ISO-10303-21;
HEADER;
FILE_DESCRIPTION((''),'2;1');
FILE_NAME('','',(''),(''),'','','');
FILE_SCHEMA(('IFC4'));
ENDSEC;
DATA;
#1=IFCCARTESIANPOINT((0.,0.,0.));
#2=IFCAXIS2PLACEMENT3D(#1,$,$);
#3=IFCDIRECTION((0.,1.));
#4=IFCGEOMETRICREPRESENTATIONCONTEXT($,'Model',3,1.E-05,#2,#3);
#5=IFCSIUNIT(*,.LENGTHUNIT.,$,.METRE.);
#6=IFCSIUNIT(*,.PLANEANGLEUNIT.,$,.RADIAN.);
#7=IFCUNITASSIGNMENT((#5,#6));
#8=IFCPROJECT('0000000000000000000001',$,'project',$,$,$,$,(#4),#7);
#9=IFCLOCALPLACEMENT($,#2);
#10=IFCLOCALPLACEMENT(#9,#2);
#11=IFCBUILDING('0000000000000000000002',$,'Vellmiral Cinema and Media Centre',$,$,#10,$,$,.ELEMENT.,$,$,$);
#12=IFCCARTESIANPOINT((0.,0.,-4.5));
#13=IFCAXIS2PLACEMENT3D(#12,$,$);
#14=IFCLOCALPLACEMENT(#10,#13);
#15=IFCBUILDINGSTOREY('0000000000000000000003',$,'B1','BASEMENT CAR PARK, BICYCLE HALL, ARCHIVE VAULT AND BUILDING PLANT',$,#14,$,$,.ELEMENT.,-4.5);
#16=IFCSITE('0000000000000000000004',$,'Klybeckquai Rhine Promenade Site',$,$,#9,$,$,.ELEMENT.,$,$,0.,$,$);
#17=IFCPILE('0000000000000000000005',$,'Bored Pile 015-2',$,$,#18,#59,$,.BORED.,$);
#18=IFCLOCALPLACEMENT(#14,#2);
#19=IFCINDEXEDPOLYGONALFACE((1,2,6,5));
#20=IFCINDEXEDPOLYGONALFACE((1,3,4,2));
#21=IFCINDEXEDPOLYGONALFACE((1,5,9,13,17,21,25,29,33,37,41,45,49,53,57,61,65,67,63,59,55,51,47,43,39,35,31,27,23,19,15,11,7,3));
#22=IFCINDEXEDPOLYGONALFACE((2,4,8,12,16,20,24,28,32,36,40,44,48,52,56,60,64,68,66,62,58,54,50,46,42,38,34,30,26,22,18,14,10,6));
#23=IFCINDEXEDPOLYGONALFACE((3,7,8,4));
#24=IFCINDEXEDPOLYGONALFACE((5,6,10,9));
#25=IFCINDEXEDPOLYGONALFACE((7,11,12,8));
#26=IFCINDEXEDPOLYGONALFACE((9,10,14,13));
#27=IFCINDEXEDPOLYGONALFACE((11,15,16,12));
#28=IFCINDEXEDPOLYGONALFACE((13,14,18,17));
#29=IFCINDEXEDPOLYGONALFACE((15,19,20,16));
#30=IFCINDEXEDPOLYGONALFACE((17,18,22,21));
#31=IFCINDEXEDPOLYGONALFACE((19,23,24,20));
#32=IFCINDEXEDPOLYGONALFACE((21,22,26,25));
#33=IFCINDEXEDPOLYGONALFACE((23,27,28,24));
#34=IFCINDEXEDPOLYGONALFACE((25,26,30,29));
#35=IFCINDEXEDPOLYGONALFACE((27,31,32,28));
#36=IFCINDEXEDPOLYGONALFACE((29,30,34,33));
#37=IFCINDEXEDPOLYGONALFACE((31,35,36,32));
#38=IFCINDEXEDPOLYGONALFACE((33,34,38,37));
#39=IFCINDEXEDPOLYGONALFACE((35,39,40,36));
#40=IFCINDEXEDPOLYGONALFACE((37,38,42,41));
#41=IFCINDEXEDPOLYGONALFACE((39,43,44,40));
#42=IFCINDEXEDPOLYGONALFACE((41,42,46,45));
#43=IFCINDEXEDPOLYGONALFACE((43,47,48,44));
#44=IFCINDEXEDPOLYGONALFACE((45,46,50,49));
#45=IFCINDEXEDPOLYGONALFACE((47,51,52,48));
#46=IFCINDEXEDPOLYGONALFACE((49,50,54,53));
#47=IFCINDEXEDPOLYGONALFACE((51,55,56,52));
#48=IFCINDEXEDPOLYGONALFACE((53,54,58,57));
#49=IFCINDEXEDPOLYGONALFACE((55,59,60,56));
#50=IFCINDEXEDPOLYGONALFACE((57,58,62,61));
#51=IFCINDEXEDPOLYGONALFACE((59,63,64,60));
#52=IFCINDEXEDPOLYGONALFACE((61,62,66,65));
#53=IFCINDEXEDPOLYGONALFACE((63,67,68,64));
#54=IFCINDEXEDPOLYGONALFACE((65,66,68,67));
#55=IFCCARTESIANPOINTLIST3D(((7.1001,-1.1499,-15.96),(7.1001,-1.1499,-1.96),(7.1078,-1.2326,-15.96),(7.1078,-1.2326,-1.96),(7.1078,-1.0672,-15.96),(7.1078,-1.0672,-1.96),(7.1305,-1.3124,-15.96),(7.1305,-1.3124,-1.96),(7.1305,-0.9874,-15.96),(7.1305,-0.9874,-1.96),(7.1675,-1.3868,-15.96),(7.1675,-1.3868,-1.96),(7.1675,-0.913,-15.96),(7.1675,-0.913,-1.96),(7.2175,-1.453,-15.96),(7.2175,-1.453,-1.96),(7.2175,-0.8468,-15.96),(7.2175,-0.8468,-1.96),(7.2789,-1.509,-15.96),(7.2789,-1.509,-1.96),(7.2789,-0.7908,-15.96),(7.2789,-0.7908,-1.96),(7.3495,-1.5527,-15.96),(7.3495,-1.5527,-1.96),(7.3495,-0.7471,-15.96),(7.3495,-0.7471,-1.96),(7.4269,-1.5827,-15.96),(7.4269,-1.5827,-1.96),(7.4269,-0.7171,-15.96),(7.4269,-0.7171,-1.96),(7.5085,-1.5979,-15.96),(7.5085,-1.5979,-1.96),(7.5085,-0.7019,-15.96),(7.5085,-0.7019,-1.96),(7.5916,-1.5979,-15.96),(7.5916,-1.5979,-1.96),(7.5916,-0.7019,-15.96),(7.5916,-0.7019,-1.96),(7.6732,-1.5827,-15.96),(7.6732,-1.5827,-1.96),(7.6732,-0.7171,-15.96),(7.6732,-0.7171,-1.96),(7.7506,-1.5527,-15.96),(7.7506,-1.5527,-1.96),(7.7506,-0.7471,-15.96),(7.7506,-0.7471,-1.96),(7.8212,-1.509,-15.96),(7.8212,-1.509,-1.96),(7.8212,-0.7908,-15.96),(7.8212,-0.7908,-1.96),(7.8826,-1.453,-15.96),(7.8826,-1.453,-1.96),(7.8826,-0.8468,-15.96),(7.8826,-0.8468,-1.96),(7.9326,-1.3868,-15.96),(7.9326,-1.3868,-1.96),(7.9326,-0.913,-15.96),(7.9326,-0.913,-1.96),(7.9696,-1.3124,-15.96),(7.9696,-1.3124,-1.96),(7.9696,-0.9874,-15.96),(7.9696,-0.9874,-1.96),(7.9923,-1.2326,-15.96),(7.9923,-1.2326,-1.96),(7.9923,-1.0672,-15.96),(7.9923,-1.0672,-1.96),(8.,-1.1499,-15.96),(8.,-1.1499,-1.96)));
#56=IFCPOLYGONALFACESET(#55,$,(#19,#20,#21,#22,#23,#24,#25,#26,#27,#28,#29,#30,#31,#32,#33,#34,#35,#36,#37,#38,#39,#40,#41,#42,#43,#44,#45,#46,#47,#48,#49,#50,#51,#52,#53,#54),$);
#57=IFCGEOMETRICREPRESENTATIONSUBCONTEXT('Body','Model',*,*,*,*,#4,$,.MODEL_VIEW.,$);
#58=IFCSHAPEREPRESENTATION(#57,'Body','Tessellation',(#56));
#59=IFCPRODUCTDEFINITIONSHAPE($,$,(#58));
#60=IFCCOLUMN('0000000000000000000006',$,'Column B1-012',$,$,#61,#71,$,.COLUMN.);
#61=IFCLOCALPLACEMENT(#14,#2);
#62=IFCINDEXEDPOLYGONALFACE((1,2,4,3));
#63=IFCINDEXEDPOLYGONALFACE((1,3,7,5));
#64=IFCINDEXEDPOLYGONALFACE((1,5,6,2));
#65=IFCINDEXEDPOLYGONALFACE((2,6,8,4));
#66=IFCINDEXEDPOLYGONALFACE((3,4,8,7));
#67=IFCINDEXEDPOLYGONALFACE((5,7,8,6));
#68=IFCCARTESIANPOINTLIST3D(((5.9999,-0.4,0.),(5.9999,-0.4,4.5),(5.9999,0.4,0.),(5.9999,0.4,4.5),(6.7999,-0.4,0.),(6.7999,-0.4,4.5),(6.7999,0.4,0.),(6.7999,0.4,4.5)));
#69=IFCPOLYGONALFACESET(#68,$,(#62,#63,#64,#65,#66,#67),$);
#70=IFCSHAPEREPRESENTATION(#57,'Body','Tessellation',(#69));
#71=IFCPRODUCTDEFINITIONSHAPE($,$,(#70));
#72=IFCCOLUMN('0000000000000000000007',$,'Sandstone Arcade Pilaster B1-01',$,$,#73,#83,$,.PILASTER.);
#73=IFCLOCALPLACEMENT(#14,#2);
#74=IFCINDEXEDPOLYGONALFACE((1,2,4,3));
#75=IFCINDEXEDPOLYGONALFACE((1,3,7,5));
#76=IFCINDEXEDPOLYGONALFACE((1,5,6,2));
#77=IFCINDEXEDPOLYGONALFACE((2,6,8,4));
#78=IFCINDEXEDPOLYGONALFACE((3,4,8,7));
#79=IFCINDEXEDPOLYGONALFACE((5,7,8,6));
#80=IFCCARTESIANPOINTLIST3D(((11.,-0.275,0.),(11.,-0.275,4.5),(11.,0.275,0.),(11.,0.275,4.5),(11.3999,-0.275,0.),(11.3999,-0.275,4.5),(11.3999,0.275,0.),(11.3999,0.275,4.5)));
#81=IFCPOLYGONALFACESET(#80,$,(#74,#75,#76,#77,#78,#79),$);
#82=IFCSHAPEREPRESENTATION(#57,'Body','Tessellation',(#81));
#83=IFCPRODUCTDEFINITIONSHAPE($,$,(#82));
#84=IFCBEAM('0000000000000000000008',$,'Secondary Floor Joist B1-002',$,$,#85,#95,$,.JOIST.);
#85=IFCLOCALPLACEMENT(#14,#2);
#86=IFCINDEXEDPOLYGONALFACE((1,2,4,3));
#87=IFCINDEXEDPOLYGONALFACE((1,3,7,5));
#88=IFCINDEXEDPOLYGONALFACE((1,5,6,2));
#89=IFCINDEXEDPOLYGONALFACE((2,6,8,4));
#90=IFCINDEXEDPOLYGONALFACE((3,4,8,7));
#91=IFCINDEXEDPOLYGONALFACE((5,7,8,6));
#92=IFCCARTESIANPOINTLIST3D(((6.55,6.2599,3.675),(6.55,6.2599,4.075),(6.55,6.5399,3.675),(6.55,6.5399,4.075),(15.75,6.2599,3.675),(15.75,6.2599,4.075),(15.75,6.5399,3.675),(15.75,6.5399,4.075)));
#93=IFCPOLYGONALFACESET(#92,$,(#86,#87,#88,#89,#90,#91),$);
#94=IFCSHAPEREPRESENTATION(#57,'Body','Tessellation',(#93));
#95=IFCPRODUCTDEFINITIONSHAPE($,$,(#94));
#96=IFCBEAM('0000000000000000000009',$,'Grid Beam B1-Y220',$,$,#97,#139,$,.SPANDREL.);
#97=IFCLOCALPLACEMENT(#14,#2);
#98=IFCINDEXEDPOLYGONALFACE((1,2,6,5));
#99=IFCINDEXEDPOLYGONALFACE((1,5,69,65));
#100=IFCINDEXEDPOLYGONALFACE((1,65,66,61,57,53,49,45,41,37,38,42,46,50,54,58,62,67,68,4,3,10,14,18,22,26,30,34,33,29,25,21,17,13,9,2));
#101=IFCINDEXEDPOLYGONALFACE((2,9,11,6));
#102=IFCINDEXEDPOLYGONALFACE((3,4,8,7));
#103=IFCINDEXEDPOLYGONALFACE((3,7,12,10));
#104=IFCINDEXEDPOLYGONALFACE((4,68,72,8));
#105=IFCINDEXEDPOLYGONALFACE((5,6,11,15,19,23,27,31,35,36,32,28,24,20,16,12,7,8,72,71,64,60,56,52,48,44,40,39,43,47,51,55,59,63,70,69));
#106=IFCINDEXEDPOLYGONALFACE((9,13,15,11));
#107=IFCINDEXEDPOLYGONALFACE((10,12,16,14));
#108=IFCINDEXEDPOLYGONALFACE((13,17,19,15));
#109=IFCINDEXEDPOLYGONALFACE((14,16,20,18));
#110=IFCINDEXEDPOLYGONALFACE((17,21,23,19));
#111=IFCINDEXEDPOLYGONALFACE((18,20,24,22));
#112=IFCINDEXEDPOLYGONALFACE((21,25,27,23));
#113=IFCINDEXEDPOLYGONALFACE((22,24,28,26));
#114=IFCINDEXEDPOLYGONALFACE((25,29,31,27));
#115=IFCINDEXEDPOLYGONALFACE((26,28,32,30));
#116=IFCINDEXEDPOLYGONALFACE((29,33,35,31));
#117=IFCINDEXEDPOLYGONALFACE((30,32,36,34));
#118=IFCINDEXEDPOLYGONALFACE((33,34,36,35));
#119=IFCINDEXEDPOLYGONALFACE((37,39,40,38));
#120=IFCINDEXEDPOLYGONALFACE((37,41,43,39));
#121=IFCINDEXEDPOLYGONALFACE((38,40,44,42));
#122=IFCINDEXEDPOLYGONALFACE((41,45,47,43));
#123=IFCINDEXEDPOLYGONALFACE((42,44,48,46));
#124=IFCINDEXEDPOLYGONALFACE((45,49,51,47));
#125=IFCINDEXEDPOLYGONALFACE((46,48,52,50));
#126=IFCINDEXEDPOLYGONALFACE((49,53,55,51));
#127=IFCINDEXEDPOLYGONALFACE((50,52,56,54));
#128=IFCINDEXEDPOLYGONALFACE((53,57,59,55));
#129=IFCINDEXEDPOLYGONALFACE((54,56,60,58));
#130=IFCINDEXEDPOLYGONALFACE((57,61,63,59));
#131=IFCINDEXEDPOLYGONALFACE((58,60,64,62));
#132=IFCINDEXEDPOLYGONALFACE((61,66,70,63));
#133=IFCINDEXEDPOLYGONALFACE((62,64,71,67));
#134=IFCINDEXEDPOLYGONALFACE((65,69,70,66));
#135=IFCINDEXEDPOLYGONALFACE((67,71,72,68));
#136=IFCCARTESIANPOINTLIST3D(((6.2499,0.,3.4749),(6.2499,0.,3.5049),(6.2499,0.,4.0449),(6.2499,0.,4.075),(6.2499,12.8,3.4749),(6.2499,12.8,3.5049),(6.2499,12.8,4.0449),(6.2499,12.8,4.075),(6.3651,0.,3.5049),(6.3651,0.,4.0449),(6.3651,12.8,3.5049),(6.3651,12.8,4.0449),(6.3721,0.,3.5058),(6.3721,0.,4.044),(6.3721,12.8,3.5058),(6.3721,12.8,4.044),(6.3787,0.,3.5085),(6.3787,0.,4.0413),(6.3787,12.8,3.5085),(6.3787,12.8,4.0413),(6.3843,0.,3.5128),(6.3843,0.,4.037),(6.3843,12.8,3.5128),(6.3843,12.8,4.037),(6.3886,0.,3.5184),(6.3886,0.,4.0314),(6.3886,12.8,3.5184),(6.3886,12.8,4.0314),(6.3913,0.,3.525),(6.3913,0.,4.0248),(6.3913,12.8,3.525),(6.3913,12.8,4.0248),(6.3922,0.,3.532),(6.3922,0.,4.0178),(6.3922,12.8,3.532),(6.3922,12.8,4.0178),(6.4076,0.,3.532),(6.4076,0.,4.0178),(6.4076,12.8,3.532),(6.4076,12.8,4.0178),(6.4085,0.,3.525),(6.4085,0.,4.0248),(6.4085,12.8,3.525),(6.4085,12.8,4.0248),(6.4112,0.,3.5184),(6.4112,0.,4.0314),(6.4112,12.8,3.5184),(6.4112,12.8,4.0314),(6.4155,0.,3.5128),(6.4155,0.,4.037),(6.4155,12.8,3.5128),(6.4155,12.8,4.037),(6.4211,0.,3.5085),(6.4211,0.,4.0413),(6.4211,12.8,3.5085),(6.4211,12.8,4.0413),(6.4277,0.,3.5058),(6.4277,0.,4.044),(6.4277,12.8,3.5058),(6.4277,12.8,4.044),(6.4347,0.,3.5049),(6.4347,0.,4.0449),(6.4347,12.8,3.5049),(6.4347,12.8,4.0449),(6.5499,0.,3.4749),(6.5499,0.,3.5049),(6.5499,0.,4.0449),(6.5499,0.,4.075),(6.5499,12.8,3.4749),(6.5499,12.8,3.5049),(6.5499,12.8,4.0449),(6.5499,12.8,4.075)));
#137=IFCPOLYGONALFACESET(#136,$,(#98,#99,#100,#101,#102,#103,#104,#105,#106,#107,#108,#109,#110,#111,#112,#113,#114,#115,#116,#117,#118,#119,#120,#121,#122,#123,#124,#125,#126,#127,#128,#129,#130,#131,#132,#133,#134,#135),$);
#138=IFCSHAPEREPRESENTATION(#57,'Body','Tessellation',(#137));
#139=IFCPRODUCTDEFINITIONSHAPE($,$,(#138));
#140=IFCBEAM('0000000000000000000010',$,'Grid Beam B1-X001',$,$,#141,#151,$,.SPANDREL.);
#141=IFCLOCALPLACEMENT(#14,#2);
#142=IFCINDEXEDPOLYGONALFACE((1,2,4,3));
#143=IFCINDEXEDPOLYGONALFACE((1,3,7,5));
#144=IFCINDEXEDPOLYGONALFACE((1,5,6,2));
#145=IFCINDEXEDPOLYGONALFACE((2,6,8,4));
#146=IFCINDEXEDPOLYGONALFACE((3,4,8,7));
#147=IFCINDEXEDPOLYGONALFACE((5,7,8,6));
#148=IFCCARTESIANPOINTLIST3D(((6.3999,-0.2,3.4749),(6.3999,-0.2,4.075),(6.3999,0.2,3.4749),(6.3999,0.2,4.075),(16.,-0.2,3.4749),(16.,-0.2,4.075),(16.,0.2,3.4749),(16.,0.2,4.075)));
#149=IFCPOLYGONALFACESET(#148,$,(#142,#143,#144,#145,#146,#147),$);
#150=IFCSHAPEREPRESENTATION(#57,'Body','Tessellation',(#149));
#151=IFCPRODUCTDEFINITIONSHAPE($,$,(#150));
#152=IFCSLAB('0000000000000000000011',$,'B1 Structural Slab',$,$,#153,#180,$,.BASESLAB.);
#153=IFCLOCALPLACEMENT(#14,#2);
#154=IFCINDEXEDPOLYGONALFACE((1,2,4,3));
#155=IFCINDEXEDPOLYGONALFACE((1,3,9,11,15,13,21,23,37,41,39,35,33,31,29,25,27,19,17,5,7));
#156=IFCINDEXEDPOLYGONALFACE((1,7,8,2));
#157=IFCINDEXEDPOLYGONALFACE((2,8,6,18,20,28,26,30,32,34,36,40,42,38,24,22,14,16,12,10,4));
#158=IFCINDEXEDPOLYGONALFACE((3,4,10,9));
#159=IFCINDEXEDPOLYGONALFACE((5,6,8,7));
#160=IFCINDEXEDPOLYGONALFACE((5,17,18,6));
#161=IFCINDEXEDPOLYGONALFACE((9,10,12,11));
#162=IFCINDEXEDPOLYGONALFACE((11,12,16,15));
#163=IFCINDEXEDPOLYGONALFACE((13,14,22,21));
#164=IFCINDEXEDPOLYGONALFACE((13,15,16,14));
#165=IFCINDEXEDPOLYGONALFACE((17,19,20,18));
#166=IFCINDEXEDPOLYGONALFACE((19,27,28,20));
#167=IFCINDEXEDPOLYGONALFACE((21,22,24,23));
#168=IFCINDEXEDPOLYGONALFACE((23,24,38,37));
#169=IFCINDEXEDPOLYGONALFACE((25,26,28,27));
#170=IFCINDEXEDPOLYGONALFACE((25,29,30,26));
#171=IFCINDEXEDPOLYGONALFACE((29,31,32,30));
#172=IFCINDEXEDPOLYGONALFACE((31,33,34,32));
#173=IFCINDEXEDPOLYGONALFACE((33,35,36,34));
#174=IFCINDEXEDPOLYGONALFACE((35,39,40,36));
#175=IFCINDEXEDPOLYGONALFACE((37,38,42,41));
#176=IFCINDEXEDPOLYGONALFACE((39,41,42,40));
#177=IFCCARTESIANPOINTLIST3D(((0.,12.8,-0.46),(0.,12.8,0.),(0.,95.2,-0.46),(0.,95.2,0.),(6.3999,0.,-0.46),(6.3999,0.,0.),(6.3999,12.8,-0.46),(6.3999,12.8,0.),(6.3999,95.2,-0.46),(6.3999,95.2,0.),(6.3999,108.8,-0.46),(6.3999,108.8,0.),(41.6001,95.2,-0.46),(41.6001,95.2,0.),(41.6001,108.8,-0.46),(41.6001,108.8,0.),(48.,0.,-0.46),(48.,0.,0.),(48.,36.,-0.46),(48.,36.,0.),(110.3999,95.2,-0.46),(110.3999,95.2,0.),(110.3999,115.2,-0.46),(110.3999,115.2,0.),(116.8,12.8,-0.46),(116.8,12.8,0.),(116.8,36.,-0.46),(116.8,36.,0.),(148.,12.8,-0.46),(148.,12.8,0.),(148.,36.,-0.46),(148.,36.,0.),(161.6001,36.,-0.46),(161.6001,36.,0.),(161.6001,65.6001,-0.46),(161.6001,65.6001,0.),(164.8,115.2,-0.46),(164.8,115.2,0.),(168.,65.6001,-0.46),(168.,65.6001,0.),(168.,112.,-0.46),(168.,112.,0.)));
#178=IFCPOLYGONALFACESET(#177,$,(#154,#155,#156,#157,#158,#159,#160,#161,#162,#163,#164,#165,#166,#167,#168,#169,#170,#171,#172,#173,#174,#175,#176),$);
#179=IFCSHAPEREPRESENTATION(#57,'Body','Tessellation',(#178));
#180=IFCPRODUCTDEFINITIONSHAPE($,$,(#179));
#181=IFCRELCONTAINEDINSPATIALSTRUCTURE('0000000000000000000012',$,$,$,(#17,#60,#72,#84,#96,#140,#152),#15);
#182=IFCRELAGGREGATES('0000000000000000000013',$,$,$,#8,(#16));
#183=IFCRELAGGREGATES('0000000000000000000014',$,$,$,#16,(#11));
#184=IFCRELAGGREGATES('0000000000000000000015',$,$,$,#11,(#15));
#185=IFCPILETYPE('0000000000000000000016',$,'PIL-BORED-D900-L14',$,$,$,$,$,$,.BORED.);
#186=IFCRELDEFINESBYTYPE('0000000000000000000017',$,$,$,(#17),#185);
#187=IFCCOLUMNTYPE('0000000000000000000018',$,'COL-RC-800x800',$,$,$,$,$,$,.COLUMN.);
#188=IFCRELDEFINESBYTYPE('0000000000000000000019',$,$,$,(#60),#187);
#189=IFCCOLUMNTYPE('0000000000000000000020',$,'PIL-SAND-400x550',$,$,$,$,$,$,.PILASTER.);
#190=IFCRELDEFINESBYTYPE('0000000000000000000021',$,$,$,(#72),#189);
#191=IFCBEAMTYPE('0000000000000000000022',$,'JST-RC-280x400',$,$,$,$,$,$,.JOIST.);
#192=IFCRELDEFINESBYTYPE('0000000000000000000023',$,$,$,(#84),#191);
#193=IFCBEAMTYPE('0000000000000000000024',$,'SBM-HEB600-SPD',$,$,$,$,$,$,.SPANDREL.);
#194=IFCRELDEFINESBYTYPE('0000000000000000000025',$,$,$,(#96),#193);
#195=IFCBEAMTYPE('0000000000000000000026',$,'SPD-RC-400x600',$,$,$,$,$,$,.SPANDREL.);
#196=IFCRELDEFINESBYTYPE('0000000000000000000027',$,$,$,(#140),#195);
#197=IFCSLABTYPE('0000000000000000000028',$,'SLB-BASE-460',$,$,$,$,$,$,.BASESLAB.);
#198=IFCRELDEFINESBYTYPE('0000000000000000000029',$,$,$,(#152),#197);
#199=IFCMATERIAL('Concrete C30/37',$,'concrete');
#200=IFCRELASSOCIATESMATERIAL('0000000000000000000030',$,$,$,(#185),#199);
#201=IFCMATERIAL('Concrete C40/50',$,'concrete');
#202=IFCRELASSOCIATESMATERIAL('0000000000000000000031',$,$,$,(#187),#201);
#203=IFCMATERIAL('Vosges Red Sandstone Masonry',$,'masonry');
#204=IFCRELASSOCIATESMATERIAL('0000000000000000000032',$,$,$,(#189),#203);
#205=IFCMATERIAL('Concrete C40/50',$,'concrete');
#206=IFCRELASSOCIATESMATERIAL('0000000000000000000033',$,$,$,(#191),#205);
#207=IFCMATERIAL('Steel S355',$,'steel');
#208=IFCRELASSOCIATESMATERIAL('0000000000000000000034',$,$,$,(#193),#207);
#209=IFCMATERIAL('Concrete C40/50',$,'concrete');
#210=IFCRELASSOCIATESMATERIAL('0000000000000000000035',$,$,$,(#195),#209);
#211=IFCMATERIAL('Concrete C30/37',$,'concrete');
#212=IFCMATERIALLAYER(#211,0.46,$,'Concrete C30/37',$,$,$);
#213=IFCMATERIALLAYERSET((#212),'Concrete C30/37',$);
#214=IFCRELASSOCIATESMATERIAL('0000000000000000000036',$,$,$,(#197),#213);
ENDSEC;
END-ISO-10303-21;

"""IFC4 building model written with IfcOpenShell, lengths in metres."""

from ifc_helpers import new_model, si_unit, direction, frame, origin, origin_2d, place, context, subcontext, project, spatial, polyline, rectangle, circle, i_section, outline, extrude, material, layer, layer_set, material_profile, profile_set, type_object, element, save


model = new_model("IFC4")

# Units and contexts
model_context = context("Model", 3, precision=1e-05, world=origin(), true_north=direction((0.0, 1.0)))
body_context = subcontext(model_context, "Body", "Model", "MODEL_VIEW")
ifc_project = project(units=[si_unit("LENGTHUNIT", "METRE"), si_unit("PLANEANGLEUNIT", "RADIAN")], contexts=[model_context])

# Site, building, storey
site_placement = place(None, origin())
site = spatial("IfcSite", under=ifc_project, at=site_placement, Name="Klybeckquai Rhine Promenade Site", CompositionType="ELEMENT", RefElevation=0.0)
building_placement = place(site_placement, origin())
building = spatial("IfcBuilding", under=site, at=building_placement, Name="Vellmiral Cinema and Media Centre", CompositionType="ELEMENT")
storey_placement = place(building_placement, frame((0.0, 0.0, -4.5)))
storey = spatial("IfcBuildingStorey", under=building, at=storey_placement, Name="B1", Description="BASEMENT CAR PARK, BICYCLE HALL, ARCHIVE VAULT AND BUILDING PLANT", CompositionType="ELEMENT", Elevation=-4.5)

# Pile
ifc_material_1 = material(Name="Concrete C30/37", Category="concrete")
ifc_material_profile_1 = material_profile(ifc_material_1, circle(Radius=0.45, at=origin_2d()), Name="PILE D900")
ifc_profile_set_1 = profile_set([ifc_material_profile_1], Name="Concrete C30/37")
pile_type_1 = type_object("IfcPileType", Name="PIL-BORED-D900-L14", PredefinedType="BORED", material=ifc_profile_set_1)
for number, where, z_axis, x_axis, name in (
    (1, (7.55, -1.1499, -1.96), (0.0, 0.0, -1.0), (1.0, 0.0, 0.0), "Bored Pile 015-2"),
):
    element("IfcPile", number, at=place(storey_placement, frame(where, z_axis=z_axis, x_axis=x_axis)), inside=storey, type_object=pile_type_1, Name=name, PredefinedType="BORED", context=body_context, shape_type="SweptSolid", body=[
        extrude(circle(Radius=0.45, at=origin_2d()), origin(), (0.0, 0.0, 1.0), 14.0),
    ])

# Columns
ifc_material_2 = material(Name="Concrete C40/50", Category="concrete")
ifc_material_profile_2 = material_profile(ifc_material_2, rectangle(XDim=0.8, YDim=0.8, at=origin_2d()), Name="RC 800x800")
ifc_profile_set_2 = profile_set([ifc_material_profile_2], Name="Concrete C40/50")
column_type_1 = type_object("IfcColumnType", Name="COL-RC-800x800", PredefinedType="COLUMN", material=ifc_profile_set_2)
column_1_placement = place(storey_placement, frame((6.3999, 0.0, 0.0), z_axis=(0.0, 0.0, 1.0), x_axis=(1.0, 0.0, 0.0)))
element("IfcColumn", 2, at=column_1_placement, inside=storey, type_object=column_type_1, Name="Column B1-012", PredefinedType="COLUMN", context=body_context, shape_type="SweptSolid", body=[
    extrude(rectangle(XDim=0.8, YDim=0.8, at=origin_2d()), origin(), (0.0, 0.0, 1.0), 4.5),
])
ifc_material_3 = material(Name="Vosges Red Sandstone Masonry", Category="masonry")
ifc_material_profile_3 = material_profile(ifc_material_3, rectangle(XDim=0.3999, YDim=0.55, at=origin_2d()), Name="SAND 400x550")
ifc_profile_set_3 = profile_set([ifc_material_profile_3], Name="Vosges Red Sandstone Masonry")
column_type_2 = type_object("IfcColumnType", Name="PIL-SAND-400x550", PredefinedType="PILASTER", material=ifc_profile_set_3)
column_2_placement = place(storey_placement, frame((11.2, 0.0, 0.0), z_axis=(0.0, 0.0, 1.0), x_axis=(1.0, 0.0, 0.0)))
element("IfcColumn", 3, at=column_2_placement, inside=storey, type_object=column_type_2, Name="Sandstone Arcade Pilaster B1-01", PredefinedType="PILASTER", context=body_context, shape_type="SweptSolid", body=[
    extrude(rectangle(XDim=0.3999, YDim=0.55, at=origin_2d()), origin(), (0.0, 0.0, 1.0), 4.5),
])

# Beams
ifc_material_4 = material(Name="Concrete C40/50", Category="concrete")
ifc_material_profile_4 = material_profile(ifc_material_4, rectangle(XDim=0.28, YDim=0.3999, at=origin_2d()), Name="RC 280x400")
ifc_profile_set_4 = profile_set([ifc_material_profile_4], Name="Concrete C40/50")
beam_type_1 = type_object("IfcBeamType", Name="JST-RC-280x400", PredefinedType="JOIST", material=ifc_profile_set_4)
beam_1_placement = place(storey_placement, frame((6.55, 6.3999, 3.875), z_axis=(1.0, 0.0, 0.0), x_axis=(0.0, 1.0, 0.0)))
element("IfcBeam", 4, at=beam_1_placement, inside=storey, type_object=beam_type_1, Name="Secondary Floor Joist B1-002", PredefinedType="JOIST", context=body_context, shape_type="SweptSolid", body=[
    extrude(rectangle(XDim=0.28, YDim=0.3999, at=origin_2d()), origin(), (0.0, 0.0, 1.0), 9.2),
])
ifc_material_5 = material(Name="Steel S355", Category="steel")
ifc_material_profile_5 = material_profile(ifc_material_5, i_section(OverallWidth=0.3, OverallDepth=0.6001, WebThickness=0.0154, FlangeThickness=0.03, FilletRadius=0.0271, at=origin_2d()), Name="HEB 600")
ifc_profile_set_5 = profile_set([ifc_material_profile_5], Name="Steel S355")
beam_type_2 = type_object("IfcBeamType", Name="SBM-HEB600-SPD", PredefinedType="SPANDREL", material=ifc_profile_set_5)
beam_2_placement = place(storey_placement, frame((6.3999, 0.0, 3.7749), z_axis=(0.0, 1.0, 0.0), x_axis=(-1.0, 0.0, 0.0)))
element("IfcBeam", 5, at=beam_2_placement, inside=storey, type_object=beam_type_2, Name="Grid Beam B1-Y220", PredefinedType="SPANDREL", context=body_context, shape_type="SweptSolid", body=[
    extrude(i_section(OverallWidth=0.3, OverallDepth=0.6001, WebThickness=0.0154, FlangeThickness=0.03, FilletRadius=0.0271, at=origin_2d()), origin(), (0.0, 0.0, 1.0), 12.8),
])
ifc_material_6 = material(Name="Concrete C40/50", Category="concrete")
ifc_material_profile_6 = material_profile(ifc_material_6, rectangle(XDim=0.3999, YDim=0.6001, at=origin_2d()), Name="RC 400x600")
ifc_profile_set_6 = profile_set([ifc_material_profile_6], Name="Concrete C40/50")
beam_type_3 = type_object("IfcBeamType", Name="SPD-RC-400x600", PredefinedType="SPANDREL", material=ifc_profile_set_6)
beam_3_placement = place(storey_placement, frame((6.3999, 0.0, 3.7749), z_axis=(1.0, 0.0, 0.0), x_axis=(0.0, 1.0, 0.0)))
element("IfcBeam", 6, at=beam_3_placement, inside=storey, type_object=beam_type_3, Name="Grid Beam B1-X001", PredefinedType="SPANDREL", context=body_context, shape_type="SweptSolid", body=[
    extrude(rectangle(XDim=0.3999, YDim=0.6001, at=origin_2d()), origin(), (0.0, 0.0, 1.0), 9.6001),
])

# Slab
ifc_material_7 = material(Name="Concrete C30/37", Category="concrete")
ifc_layer_1 = layer(ifc_material_7, 0.46, Name="Concrete C30/37")
ifc_layer_set_1 = layer_set([ifc_layer_1], Name="Concrete C30/37")
slab_type_1 = type_object("IfcSlabType", Name="SLB-BASE-460", PredefinedType="BASESLAB", material=ifc_layer_set_1)
slab_1_placement = place(storey_placement, frame((0.0, 0.0, -0.46)))
element("IfcSlab", 7, at=slab_1_placement, inside=storey, type_object=slab_type_1, Name="B1 Structural Slab", PredefinedType="BASESLAB", context=body_context, shape_type="SweptSolid", body=[
    extrude(outline(polyline([(6.3999, 0.0), (48.0, 0.0), (48.0, 36.0), (116.8, 36.0), (116.8, 12.8), (148.0, 12.8), (148.0, 36.0), (161.6001, 36.0), (161.6001, 65.6001), (168.0, 65.6001), (168.0, 112.0), (164.8, 115.2), (110.3999, 115.2), (110.3999, 95.2), (41.6001, 95.2), (41.6001, 108.8), (6.3999, 108.8), (6.3999, 95.2), (0.0, 95.2), (0.0, 12.8), (6.3999, 12.8), (6.3999, 0.0)])), origin(), (0.0, 0.0, 1.0), 0.46),
])

save(model, "model.ifc")
